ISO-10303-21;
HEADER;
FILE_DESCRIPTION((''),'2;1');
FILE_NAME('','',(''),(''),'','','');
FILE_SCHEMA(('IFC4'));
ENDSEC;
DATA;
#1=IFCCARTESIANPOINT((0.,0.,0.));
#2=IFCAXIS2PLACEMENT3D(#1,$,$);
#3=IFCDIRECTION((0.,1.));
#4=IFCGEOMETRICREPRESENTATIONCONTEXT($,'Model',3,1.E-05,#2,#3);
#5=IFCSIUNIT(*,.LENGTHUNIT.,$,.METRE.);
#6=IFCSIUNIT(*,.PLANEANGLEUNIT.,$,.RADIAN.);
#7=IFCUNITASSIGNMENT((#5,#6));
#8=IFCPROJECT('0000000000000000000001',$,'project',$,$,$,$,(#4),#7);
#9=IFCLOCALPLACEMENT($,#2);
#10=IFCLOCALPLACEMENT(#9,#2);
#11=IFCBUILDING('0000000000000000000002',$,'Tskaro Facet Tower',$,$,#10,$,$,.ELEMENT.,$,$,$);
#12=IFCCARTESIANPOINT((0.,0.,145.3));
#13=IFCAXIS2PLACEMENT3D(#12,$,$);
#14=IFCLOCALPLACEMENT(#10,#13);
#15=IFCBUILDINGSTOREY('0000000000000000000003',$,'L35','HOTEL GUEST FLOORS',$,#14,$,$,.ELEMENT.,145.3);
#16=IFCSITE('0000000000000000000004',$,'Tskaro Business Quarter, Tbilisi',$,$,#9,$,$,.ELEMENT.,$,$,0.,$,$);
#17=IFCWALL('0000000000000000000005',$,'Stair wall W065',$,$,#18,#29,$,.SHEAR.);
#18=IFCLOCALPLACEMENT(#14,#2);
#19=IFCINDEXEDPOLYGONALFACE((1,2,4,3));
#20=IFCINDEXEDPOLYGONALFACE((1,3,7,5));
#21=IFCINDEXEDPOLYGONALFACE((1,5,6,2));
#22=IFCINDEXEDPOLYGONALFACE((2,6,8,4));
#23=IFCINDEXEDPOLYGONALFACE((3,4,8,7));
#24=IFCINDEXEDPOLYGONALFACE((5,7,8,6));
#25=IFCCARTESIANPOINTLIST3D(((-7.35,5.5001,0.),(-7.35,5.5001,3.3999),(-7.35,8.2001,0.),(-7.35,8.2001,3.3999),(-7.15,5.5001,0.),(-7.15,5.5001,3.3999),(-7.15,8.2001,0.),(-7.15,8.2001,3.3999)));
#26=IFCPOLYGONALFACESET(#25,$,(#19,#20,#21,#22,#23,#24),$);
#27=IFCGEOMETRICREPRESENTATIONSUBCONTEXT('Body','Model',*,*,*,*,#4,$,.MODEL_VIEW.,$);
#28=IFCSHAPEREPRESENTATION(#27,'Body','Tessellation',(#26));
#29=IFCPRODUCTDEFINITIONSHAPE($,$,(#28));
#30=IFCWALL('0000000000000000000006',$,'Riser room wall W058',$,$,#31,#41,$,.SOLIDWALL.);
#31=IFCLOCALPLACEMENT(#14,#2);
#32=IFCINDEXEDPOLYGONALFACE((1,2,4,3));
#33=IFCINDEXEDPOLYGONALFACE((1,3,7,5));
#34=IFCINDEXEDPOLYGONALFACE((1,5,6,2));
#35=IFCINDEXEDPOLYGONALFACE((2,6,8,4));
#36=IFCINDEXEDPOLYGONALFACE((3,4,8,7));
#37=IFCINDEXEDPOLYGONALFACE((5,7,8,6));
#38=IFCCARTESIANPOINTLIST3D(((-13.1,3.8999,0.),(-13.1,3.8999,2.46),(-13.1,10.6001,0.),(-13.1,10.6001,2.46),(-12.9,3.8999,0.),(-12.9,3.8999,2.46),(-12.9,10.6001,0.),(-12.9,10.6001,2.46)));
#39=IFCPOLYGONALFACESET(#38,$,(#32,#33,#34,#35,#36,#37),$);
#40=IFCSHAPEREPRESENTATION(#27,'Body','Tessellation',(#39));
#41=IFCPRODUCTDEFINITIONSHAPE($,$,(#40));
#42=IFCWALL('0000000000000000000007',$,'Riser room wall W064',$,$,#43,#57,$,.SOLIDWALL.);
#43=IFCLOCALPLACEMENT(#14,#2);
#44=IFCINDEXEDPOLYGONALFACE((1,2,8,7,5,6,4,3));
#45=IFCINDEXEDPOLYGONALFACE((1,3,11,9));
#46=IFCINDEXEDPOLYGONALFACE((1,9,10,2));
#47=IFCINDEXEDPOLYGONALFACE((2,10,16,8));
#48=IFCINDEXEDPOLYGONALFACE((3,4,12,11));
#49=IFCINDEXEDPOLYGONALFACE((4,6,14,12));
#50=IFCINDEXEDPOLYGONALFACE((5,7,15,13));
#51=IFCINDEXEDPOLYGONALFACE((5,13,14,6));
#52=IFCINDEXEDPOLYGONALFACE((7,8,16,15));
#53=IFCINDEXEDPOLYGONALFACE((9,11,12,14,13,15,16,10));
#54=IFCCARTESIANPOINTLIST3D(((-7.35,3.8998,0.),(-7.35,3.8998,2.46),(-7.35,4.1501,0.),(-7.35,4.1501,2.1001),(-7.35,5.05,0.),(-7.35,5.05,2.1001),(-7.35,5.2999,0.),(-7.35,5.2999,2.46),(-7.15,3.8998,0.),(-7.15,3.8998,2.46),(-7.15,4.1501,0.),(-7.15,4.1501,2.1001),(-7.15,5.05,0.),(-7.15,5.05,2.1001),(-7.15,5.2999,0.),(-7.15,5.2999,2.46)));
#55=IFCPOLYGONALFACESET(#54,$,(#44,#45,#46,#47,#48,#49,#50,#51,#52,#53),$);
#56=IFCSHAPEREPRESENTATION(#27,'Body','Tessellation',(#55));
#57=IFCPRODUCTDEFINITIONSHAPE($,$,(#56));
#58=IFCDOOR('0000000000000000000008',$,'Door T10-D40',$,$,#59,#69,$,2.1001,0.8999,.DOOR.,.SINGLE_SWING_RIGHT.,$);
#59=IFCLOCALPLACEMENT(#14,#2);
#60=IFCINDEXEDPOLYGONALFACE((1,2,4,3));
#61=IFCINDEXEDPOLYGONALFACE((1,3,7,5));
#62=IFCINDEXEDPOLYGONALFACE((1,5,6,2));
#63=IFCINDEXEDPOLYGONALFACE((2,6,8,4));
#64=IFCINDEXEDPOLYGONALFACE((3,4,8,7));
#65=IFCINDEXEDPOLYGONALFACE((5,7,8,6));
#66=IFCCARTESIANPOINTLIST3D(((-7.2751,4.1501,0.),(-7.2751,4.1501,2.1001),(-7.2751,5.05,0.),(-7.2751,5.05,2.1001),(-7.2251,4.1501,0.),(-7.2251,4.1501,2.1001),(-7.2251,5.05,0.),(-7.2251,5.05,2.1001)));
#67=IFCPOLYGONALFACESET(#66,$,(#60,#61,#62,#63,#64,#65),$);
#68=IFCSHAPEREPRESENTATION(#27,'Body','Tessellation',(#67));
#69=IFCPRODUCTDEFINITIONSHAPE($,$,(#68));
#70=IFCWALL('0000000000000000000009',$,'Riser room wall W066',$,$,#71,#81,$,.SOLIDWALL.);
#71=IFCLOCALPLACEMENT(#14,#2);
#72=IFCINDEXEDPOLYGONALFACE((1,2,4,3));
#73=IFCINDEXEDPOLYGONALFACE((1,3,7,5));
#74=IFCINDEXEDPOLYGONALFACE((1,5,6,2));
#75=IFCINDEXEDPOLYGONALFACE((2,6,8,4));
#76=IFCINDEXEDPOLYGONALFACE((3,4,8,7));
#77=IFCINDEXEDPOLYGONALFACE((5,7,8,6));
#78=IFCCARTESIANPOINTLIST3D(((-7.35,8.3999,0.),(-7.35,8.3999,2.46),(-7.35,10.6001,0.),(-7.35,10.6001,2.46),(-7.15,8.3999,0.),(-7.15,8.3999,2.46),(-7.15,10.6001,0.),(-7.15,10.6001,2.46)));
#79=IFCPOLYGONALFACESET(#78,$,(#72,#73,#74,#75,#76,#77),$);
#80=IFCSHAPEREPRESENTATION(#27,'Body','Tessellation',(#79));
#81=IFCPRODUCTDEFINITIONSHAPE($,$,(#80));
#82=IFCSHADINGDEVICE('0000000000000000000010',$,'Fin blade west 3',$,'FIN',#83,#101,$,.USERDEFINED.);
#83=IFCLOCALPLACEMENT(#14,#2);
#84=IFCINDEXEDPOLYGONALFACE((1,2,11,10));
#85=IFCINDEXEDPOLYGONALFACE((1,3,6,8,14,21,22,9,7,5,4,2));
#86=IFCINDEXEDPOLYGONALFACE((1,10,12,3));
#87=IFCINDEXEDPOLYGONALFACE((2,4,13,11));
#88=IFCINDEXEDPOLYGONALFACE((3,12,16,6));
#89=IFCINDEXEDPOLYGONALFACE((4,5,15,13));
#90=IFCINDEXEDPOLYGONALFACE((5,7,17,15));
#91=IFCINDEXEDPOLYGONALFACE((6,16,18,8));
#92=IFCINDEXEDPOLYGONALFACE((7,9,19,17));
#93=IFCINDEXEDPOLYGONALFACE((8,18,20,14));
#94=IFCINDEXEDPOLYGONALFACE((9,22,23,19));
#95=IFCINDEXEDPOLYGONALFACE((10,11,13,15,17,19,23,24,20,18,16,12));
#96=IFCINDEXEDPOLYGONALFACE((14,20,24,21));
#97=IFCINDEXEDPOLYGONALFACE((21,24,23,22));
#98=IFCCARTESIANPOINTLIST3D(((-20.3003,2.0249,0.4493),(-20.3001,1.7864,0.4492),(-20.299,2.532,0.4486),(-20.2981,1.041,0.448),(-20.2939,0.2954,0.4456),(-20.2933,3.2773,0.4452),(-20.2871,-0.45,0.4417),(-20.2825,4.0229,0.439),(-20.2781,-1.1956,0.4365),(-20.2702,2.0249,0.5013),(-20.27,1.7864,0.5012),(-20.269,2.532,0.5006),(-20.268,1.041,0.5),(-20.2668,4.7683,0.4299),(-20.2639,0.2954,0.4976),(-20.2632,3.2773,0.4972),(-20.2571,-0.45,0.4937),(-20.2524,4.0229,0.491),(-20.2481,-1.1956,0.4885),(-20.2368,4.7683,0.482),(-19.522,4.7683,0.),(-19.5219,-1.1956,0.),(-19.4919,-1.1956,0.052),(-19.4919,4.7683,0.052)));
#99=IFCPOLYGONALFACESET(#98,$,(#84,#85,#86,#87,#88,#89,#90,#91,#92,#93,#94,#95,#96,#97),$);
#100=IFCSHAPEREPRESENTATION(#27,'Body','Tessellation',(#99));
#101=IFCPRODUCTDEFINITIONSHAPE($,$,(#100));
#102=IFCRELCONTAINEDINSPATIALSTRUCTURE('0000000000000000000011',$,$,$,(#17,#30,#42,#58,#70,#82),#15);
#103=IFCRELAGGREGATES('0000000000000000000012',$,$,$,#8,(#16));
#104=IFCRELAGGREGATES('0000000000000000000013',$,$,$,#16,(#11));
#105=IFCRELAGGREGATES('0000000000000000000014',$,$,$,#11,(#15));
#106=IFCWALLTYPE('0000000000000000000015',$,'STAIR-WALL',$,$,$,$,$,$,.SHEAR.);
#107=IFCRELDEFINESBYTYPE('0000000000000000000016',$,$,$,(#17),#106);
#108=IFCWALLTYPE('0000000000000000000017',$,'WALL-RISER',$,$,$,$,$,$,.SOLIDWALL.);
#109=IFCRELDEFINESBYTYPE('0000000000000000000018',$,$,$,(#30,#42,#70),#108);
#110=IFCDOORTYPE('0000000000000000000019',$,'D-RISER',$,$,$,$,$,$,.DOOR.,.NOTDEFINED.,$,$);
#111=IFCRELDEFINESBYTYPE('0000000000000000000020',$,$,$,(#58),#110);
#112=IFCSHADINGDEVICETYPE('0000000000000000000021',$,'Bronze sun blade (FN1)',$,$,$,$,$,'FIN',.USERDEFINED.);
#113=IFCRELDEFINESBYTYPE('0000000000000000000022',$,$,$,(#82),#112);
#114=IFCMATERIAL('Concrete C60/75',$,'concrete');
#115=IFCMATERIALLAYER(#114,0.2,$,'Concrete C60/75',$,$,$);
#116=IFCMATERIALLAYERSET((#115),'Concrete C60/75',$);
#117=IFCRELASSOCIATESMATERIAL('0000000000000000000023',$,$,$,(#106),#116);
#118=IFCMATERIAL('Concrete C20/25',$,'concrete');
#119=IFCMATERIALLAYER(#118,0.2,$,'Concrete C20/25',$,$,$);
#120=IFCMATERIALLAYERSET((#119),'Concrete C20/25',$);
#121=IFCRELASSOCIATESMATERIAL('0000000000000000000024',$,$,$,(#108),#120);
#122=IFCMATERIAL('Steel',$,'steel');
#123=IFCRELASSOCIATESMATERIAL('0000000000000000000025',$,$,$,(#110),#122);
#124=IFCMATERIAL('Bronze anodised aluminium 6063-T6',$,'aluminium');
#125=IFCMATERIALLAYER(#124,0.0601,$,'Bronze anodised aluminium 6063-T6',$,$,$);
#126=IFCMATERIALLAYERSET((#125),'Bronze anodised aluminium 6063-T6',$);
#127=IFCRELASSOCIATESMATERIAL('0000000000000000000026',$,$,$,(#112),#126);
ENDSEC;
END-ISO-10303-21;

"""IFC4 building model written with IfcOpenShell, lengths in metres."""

from ifc_helpers import new_model, si_unit, direction, frame, frame_2d, origin, place, context, subcontext, project, spatial, polyline, rectangle, outline, extrude, material, layer, layer_set, type_object, element, fill, save


model = new_model("IFC4")

# Units and contexts
model_context = context("Model", 3, precision=1e-05, world=origin(), true_north=direction((0.0, 1.0)))
body_context = subcontext(model_context, "Body", "Model", "MODEL_VIEW")
ifc_project = project(units=[si_unit("LENGTHUNIT", "METRE"), si_unit("PLANEANGLEUNIT", "RADIAN")], contexts=[model_context])

# Site, building, storey
site_placement = place(None, origin())
site = spatial("IfcSite", under=ifc_project, at=site_placement, Name="Tskaro Business Quarter, Tbilisi", CompositionType="ELEMENT", RefElevation=0.0)
building_placement = place(site_placement, origin())
building = spatial("IfcBuilding", under=site, at=building_placement, Name="Tskaro Facet Tower", CompositionType="ELEMENT")
storey_placement = place(building_placement, frame((0.0, 0.0, 145.3)))
storey = spatial("IfcBuildingStorey", under=building, at=storey_placement, Name="L35", Description="HOTEL GUEST FLOORS", CompositionType="ELEMENT", Elevation=145.3)

# Shared definitions
ifc_material_1 = material(Name="Bronze anodised aluminium 6063-T6", Category="aluminium")

# Shared definitions
ifc_material_2 = material(Name="Concrete C60/75", Category="concrete")

# Walls
ifc_layer_1 = layer(ifc_material_2, 0.2, Name="Concrete C60/75")
ifc_layer_set_1 = layer_set([ifc_layer_1], Name="Concrete C60/75")
wall_type_1 = type_object("IfcWallType", Name="STAIR-WALL", PredefinedType="SHEAR", material=ifc_layer_set_1)
wall_1_placement = place(storey_placement, frame((-7.25, 5.5, 0.0), z_axis=(0.0, 0.0, 1.0), x_axis=(0.0, 1.0, 0.0)))
element("IfcWall", 1, at=wall_1_placement, inside=storey, type_object=wall_type_1, Name="Stair wall W065", PredefinedType="SHEAR", context=body_context, shape_type="SweptSolid", body=[
    extrude(rectangle(XDim=2.7, YDim=0.2, at=frame_2d((1.3501, 0.0))), origin(), (0.0, 0.0, 1.0), 3.3999),
])
ifc_material_3 = material(Name="Concrete C20/25", Category="concrete")
ifc_layer_2 = layer(ifc_material_3, 0.2, Name="Concrete C20/25")
ifc_layer_set_2 = layer_set([ifc_layer_2], Name="Concrete C20/25")
wall_type_2 = type_object("IfcWallType", Name="WALL-RISER", PredefinedType="SOLIDWALL", material=ifc_layer_set_2)
wall_2_placement = place(storey_placement, frame((-13.0, 3.8999, 0.0), z_axis=(0.0, 0.0, 1.0), x_axis=(0.0, 1.0, 0.0)))
element("IfcWall", 2, at=wall_2_placement, inside=storey, type_object=wall_type_2, Name="Riser room wall W058", PredefinedType="SOLIDWALL", context=body_context, shape_type="SweptSolid", body=[
    extrude(rectangle(XDim=6.7002, YDim=0.2, at=frame_2d((3.3501, 0.0))), origin(), (0.0, 0.0, 1.0), 2.46),
])

# Wall, opening, door
wall_3_placement = place(storey_placement, frame((-7.25, 5.3, 0.0), z_axis=(0.0, 0.0, 1.0), x_axis=(0.0, -1.0, 0.0)))
wall_3 = element("IfcWall", 3, at=wall_3_placement, inside=storey, type_object=wall_type_2, Name="Riser room wall W064", PredefinedType="SOLIDWALL", context=body_context, shape_type="SweptSolid", body=[
    extrude(rectangle(XDim=1.4001, YDim=0.2, at=frame_2d((0.7002, 0.0))), origin(), (0.0, 0.0, 1.0), 2.46),
])
opening_1_placement = place(wall_3_placement, frame((0.25, 0.0, 0.0)))
opening_1 = element("IfcOpeningElement", 4, at=opening_1_placement, cuts=wall_3, PredefinedType="OPENING", context=body_context, shape_type="SweptSolid", body=[
    extrude(rectangle(XDim=0.8999, YDim=2.1001, at=frame_2d((0.45, 1.05))), frame((0.0, 0.1099, 0.0), z_axis=(0.0, -1.0, 0.0), x_axis=(1.0, 0.0, 0.0)), (0.0, 0.0, 1.0), 0.22),
])
ifc_material_4 = material(Name="Steel", Category="steel")
door_type_1 = type_object("IfcDoorType", Name="D-RISER", OperationType="NOTDEFINED", PredefinedType="DOOR", material=ifc_material_4)
door_1_placement = place(opening_1_placement, origin())
door_1 = element("IfcDoor", 5, at=door_1_placement, inside=storey, type_object=door_type_1, Name="Door T10-D40", OperationType="SINGLE_SWING_RIGHT", OverallHeight=2.1001, OverallWidth=0.8999, PredefinedType="DOOR", context=body_context, shape_type="SweptSolid", body=[
    extrude(rectangle(XDim=0.8999, YDim=2.1001, at=frame_2d((0.45, 1.05))), frame((0.0, 0.0249, 0.0), z_axis=(0.0, -1.0, 0.0), x_axis=(1.0, 0.0, 0.0)), (0.0, 0.0, 1.0), 0.05),
])
fill(opening_1, door_1)

# Wall
wall_4_placement = place(storey_placement, frame((-7.25, 8.3999, 0.0), z_axis=(0.0, 0.0, 1.0), x_axis=(0.0, 1.0, 0.0)))
element("IfcWall", 6, at=wall_4_placement, inside=storey, type_object=wall_type_2, Name="Riser room wall W066", PredefinedType="SOLIDWALL", context=body_context, shape_type="SweptSolid", body=[
    extrude(rectangle(XDim=2.2002, YDim=0.2, at=frame_2d((1.1001, 0.0))), origin(), (0.0, 0.0, 1.0), 2.46),
])

# Shading device
ifc_layer_3 = layer(ifc_material_1, 0.0601, Name="Bronze anodised aluminium 6063-T6")
ifc_layer_set_3 = layer_set([ifc_layer_3], Name="Bronze anodised aluminium 6063-T6")
shading_device_type = type_object("IfcShadingDeviceType", Name="Bronze sun blade (FN1)", ElementType="FIN", PredefinedType="USERDEFINED", material=ifc_layer_set_3)
shading_device_placement = place(storey_placement, frame((-19.4919, 4.7683, 0.052), z_axis=(0.499926, 0.000008, 0.866068), x_axis=(0.000004, -1.0, 0.000007)))
element("IfcShadingDevice", 7, at=shading_device_placement, inside=storey, type_object=shading_device_type, Name="Fin blade west 3", ObjectType="FIN", PredefinedType="USERDEFINED", context=body_context, shape_type="SweptSolid", body=[
    extrude(outline(polyline([(0.0, 0.0), (5.9639, 0.0), (5.9639, -0.8731), (5.2183, -0.8835), (4.4729, -0.8913), (3.7273, -0.8961), (2.9819, -0.8984), (2.7434, -0.8987), (2.2363, -0.8972), (1.491, -0.8906), (0.7454, -0.8781), (0.0, -0.86), (0.0, 0.0)])), origin(), (0.0, 0.0, -1.0), 0.0601),
])

save(model, "model.ifc")
